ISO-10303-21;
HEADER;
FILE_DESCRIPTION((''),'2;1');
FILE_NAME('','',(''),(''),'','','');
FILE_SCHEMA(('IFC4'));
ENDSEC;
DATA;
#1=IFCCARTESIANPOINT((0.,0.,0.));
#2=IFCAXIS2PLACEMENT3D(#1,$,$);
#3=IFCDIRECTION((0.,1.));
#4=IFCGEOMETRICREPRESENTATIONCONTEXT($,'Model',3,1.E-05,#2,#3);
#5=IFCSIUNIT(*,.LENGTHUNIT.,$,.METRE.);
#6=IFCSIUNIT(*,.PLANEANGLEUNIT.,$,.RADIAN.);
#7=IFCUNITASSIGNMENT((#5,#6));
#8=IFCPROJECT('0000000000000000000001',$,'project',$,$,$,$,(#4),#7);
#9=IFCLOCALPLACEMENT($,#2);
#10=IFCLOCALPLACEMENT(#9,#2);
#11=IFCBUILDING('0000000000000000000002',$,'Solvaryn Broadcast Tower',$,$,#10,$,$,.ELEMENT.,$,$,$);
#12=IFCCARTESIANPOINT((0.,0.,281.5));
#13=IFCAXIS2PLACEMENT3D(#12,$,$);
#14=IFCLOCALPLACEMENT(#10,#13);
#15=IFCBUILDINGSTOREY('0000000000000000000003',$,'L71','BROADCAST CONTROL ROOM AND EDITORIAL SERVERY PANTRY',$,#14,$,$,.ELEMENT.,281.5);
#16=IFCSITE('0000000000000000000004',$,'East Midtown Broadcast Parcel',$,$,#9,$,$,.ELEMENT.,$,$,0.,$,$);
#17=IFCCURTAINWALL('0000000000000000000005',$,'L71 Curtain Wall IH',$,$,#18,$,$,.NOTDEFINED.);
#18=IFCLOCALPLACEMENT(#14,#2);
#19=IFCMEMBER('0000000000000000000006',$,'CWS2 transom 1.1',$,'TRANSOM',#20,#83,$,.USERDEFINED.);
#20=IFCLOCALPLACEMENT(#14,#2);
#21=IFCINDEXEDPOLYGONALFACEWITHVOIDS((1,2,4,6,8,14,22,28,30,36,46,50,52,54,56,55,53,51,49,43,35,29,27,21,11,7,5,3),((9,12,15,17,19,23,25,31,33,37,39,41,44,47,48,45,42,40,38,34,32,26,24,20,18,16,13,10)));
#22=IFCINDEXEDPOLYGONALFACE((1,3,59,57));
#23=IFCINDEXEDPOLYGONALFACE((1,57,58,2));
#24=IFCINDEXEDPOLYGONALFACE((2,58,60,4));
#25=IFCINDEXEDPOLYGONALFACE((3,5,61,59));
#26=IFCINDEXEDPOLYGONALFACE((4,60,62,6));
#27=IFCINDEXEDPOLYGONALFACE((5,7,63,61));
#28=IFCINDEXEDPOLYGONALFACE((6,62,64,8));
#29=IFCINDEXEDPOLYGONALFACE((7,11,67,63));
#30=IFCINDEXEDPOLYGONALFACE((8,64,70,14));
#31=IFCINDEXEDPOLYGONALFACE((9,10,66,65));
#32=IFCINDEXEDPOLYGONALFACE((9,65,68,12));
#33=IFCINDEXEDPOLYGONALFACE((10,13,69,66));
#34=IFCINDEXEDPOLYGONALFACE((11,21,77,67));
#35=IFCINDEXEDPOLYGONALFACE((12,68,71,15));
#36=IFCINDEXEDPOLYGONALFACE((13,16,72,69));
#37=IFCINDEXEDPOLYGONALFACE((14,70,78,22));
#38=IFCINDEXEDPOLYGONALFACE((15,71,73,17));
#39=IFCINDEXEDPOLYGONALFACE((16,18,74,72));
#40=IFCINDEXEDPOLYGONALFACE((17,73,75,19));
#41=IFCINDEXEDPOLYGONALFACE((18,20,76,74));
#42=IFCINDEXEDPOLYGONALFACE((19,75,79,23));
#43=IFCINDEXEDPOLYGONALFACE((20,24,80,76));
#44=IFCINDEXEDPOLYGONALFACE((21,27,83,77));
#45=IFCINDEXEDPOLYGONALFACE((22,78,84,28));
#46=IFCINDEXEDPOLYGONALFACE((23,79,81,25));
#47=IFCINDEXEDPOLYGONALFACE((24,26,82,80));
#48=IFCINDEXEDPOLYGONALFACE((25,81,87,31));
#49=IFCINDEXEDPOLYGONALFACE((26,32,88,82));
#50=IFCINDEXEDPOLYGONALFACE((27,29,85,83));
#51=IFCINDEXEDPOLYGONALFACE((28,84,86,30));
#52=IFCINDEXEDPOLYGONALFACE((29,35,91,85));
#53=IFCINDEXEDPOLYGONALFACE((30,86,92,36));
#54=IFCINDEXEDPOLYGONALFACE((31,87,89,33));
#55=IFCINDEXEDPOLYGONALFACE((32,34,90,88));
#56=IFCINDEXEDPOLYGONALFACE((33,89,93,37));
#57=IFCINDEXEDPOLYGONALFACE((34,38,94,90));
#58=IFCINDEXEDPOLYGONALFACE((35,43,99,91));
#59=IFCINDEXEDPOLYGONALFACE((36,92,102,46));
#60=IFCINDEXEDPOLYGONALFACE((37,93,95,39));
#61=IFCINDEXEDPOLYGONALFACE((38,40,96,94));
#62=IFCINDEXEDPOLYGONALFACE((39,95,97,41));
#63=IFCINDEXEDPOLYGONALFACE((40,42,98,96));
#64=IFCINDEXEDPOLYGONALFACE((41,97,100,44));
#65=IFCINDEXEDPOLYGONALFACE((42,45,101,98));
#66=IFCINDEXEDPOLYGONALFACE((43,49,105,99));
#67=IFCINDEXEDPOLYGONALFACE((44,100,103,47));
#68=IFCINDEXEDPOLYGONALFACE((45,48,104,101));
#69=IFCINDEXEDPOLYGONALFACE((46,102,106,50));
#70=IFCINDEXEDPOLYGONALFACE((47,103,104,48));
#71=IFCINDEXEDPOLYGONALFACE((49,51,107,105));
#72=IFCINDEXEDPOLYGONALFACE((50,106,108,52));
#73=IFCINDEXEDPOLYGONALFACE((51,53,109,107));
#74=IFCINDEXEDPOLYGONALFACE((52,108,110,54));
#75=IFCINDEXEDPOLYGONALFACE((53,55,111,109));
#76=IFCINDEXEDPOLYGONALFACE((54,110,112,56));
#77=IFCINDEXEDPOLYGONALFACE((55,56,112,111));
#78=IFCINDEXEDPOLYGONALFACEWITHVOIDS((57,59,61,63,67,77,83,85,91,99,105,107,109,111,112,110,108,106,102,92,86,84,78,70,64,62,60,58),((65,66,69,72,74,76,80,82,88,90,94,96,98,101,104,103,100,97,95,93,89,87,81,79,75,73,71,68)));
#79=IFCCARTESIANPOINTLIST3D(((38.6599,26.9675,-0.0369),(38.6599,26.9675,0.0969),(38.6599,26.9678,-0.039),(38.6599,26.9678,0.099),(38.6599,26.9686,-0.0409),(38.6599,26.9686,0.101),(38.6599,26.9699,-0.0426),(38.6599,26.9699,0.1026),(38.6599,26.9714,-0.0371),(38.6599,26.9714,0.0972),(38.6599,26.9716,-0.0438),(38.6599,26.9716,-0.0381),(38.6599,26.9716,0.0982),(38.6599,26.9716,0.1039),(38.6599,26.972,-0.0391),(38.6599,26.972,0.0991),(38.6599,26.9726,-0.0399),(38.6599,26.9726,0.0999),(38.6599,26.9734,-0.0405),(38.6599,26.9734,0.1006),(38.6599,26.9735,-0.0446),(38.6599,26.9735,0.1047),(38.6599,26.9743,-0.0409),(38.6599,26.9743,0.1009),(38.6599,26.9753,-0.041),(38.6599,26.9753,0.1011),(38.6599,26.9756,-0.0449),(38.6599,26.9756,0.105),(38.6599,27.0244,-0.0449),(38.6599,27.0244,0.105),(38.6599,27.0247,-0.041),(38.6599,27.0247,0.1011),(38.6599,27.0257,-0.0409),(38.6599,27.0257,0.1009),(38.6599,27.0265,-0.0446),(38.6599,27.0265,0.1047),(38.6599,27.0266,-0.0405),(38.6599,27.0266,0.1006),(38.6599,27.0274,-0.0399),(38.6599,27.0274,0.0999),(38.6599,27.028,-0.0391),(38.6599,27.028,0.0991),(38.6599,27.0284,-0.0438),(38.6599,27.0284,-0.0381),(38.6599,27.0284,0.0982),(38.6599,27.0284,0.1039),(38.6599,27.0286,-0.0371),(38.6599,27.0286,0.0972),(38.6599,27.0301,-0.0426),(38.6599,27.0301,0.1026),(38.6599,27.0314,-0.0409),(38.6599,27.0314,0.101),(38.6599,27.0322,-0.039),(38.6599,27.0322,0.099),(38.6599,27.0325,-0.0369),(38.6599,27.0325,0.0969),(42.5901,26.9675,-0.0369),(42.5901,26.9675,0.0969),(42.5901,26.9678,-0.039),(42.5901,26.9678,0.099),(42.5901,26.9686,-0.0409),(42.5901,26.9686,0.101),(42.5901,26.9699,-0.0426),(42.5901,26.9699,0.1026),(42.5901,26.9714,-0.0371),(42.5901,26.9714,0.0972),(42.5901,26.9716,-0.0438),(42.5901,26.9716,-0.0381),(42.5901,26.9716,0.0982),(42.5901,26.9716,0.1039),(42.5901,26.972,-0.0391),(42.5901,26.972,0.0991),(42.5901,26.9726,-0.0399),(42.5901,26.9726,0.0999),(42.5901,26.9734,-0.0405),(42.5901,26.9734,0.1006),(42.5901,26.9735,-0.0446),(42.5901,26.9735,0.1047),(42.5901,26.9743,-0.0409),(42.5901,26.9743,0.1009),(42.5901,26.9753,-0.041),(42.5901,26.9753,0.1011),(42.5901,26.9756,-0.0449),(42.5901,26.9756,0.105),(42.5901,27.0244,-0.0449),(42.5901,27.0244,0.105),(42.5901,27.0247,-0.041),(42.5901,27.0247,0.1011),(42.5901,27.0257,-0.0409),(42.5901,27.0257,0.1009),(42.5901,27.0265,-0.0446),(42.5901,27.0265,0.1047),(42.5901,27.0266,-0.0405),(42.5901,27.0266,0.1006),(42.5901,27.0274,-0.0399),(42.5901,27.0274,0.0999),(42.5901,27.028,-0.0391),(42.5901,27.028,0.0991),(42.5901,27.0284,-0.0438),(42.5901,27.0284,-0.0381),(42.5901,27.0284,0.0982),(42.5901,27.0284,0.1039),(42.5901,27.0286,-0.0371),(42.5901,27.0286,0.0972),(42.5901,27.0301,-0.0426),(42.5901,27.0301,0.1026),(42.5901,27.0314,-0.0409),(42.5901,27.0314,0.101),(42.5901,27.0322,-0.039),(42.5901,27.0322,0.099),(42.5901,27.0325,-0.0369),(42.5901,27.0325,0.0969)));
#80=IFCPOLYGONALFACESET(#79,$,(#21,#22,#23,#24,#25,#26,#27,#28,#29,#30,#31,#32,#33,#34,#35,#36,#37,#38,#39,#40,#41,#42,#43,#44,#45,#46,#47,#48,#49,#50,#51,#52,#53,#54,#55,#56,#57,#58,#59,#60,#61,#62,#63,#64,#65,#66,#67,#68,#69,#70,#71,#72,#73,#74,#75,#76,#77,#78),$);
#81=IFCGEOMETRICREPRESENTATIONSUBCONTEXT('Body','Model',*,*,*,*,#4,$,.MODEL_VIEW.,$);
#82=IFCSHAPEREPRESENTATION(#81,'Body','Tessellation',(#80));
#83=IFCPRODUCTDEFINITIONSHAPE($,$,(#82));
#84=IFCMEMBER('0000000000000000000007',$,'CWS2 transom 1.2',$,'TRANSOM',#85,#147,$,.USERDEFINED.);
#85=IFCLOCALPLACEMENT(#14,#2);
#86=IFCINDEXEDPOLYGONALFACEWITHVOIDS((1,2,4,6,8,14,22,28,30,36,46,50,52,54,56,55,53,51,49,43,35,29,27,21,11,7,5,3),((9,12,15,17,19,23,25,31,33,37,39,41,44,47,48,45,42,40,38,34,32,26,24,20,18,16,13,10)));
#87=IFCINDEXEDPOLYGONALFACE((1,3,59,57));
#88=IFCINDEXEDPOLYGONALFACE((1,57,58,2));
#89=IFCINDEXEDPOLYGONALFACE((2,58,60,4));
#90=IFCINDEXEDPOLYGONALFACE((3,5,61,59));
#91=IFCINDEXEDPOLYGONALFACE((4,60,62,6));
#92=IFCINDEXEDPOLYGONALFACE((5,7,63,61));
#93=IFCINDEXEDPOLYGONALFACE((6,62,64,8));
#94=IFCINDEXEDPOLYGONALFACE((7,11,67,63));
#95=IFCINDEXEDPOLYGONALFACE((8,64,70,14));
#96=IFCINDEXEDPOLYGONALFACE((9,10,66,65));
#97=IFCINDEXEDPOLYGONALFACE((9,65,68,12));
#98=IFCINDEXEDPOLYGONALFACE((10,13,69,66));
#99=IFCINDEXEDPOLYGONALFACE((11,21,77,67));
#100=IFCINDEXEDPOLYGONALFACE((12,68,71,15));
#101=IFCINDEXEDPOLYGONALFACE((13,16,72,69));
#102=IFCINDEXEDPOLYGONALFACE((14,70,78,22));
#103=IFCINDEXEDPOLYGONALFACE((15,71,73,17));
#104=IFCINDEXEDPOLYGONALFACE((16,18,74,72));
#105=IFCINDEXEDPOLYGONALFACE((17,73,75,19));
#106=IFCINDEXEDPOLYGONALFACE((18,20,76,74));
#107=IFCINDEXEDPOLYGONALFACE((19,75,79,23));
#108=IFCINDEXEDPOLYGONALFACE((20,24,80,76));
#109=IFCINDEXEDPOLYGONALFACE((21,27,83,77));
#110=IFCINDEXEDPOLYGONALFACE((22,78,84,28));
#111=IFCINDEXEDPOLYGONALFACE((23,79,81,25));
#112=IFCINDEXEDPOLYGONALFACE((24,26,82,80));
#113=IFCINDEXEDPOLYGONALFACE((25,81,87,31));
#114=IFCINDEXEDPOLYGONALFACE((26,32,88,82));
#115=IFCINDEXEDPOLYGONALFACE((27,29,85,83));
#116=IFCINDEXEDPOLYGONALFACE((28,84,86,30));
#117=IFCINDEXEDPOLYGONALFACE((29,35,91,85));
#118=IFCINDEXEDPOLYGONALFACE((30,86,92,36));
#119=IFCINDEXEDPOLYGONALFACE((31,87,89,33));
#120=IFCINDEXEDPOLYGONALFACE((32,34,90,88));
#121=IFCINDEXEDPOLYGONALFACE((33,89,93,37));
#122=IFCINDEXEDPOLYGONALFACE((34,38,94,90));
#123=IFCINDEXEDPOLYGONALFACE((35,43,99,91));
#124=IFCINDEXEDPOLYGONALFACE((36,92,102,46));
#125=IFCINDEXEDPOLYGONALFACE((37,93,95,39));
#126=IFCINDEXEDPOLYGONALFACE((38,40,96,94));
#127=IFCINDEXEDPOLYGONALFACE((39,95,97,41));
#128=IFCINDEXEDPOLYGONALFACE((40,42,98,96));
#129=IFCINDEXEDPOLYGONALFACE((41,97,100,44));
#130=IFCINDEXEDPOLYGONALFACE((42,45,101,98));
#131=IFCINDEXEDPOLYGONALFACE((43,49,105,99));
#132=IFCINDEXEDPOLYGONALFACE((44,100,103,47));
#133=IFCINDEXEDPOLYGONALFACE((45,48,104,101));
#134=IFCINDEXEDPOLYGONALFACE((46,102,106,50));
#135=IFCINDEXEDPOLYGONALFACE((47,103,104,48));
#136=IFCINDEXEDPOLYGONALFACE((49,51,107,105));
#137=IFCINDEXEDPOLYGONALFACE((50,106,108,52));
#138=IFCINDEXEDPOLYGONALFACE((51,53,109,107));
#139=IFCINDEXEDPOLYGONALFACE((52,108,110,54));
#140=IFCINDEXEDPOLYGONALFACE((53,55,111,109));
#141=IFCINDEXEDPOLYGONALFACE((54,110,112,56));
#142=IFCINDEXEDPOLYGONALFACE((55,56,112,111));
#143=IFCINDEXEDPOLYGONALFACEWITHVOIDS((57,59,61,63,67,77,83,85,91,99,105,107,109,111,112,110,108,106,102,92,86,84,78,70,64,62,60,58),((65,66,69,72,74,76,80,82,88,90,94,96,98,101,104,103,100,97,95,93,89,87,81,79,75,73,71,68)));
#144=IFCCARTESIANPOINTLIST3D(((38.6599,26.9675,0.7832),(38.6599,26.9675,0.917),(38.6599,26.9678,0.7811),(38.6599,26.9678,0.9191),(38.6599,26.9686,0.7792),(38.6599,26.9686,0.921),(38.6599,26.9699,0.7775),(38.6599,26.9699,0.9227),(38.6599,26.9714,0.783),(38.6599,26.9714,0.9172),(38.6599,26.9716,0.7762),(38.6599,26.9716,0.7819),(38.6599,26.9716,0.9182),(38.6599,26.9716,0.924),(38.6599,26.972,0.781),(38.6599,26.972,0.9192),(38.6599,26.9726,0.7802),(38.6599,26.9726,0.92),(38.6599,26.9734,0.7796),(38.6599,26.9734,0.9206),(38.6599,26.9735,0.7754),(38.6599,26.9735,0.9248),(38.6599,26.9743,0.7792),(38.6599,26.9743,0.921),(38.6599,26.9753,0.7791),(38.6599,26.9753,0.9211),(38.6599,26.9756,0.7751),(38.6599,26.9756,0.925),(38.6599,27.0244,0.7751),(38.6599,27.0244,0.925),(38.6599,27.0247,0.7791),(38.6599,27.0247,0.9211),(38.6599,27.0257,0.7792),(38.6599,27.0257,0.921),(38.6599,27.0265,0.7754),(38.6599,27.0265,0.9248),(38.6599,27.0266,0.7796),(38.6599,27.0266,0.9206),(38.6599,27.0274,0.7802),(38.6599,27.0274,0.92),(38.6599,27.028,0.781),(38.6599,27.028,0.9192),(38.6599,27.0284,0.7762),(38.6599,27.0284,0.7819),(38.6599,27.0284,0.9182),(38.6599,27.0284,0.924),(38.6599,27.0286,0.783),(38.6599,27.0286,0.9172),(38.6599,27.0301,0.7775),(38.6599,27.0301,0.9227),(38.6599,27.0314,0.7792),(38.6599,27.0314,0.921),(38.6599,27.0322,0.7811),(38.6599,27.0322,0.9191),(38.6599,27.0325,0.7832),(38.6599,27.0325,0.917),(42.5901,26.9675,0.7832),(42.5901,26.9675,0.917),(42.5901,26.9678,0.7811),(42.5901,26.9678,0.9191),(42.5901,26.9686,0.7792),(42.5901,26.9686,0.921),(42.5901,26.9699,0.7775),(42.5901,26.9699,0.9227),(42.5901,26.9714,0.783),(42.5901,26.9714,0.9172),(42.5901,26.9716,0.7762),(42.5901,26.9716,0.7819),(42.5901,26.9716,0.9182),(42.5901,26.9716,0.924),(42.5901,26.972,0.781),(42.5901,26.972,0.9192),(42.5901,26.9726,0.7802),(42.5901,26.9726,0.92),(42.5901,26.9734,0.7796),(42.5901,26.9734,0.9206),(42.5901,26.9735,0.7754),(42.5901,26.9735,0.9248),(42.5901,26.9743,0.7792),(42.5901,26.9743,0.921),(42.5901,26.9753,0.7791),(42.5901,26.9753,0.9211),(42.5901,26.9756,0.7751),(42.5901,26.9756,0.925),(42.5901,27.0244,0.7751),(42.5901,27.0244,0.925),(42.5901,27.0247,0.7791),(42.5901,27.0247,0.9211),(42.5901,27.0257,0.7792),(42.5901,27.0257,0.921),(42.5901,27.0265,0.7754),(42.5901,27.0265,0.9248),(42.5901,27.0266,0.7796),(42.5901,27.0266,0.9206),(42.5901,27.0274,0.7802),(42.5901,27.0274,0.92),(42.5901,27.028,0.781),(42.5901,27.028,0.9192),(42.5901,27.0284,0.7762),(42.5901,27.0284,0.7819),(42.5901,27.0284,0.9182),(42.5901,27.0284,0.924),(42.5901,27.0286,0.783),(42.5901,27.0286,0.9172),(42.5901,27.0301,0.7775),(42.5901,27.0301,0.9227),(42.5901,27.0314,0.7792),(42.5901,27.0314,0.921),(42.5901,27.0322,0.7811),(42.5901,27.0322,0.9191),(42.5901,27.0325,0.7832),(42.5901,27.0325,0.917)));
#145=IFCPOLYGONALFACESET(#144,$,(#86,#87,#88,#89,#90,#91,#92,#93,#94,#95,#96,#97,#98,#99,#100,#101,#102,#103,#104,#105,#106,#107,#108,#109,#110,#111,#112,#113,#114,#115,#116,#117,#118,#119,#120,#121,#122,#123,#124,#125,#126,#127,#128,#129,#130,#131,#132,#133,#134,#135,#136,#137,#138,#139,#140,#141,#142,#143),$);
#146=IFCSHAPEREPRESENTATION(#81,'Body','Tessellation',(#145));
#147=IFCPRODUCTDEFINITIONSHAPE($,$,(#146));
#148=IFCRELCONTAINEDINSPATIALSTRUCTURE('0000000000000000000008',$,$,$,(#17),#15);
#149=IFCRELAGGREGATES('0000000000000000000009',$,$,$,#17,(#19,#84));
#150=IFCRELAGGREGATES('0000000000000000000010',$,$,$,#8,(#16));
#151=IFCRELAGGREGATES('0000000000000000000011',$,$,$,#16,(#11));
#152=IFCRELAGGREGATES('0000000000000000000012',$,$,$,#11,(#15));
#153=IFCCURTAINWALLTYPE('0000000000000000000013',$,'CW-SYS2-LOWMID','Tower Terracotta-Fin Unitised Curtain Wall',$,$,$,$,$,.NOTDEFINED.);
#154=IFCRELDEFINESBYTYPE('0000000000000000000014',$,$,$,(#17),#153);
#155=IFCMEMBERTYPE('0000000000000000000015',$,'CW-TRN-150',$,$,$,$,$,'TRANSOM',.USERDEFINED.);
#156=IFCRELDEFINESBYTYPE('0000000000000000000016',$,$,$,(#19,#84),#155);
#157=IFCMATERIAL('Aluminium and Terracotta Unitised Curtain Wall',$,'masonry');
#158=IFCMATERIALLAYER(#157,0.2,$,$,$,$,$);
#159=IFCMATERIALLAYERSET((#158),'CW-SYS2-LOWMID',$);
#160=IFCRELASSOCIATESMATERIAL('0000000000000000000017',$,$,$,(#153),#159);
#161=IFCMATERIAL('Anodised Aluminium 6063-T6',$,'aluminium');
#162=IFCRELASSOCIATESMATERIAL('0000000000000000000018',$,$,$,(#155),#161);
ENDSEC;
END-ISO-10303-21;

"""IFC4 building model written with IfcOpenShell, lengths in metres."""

from ifc_helpers import new_model, si_unit, direction, frame, origin, origin_2d, place, context, subcontext, project, spatial, hollow_rectangle, extrude, material, layer, layer_set, material_profile, profile_set, type_object, element, aggregate, save


model = new_model("IFC4")

# Units and contexts
model_context = context("Model", 3, precision=1e-05, world=origin(), true_north=direction((0.0, 1.0)))
body_context = subcontext(model_context, "Body", "Model", "MODEL_VIEW")
ifc_project = project(units=[si_unit("LENGTHUNIT", "METRE"), si_unit("PLANEANGLEUNIT", "RADIAN")], contexts=[model_context])

# Site, building, storey
site_placement = place(None, origin())
site = spatial("IfcSite", under=ifc_project, at=site_placement, Name="East Midtown Broadcast Parcel", CompositionType="ELEMENT", RefElevation=0.0)
building_placement = place(site_placement, origin())
building = spatial("IfcBuilding", under=site, at=building_placement, Name="Solvaryn Broadcast Tower", CompositionType="ELEMENT")
storey_placement = place(building_placement, frame((0.0, 0.0, 281.5)))
storey = spatial("IfcBuildingStorey", under=building, at=storey_placement, Name="L71", Description="BROADCAST CONTROL ROOM AND EDITORIAL SERVERY PANTRY", CompositionType="ELEMENT", Elevation=281.5)

# Shared definitions
ifc_material_1 = material(Name="Aluminium and Terracotta Unitised Curtain Wall", Category="masonry")
ifc_layer_1 = layer(ifc_material_1, 0.2)
ifc_layer_set_1 = layer_set([ifc_layer_1], Name="CW-SYS2-LOWMID")
curtain_wall_type = type_object("IfcCurtainWallType", Name="CW-SYS2-LOWMID", Description="Tower Terracotta-Fin Unitised Curtain Wall", PredefinedType="NOTDEFINED", material=ifc_layer_set_1)

# Curtain wall
curtain_wall_1_placement = place(storey_placement, origin())
curtain_wall_1 = element("IfcCurtainWall", 1, at=curtain_wall_1_placement, inside=storey, type_object=curtain_wall_type, Name="L71 Curtain Wall IH", PredefinedType="NOTDEFINED")

# Members
ifc_material_2 = material(Name="Anodised Aluminium 6063-T6", Category="aluminium")
ifc_material_profile_1 = material_profile(ifc_material_2, hollow_rectangle(XDim=0.0649, YDim=0.1499, WallThickness=0.0039, InnerFilletRadius=0.0039, OuterFilletRadius=0.0081, at=origin_2d()))
ifc_profile_set_1 = profile_set([ifc_material_profile_1], Name="Anodised Aluminium 6063-T6")
member_type_1 = type_object("IfcMemberType", Name="CW-TRN-150", ElementType="TRANSOM", PredefinedType="USERDEFINED", material=ifc_profile_set_1)
member_1_placement = place(storey_placement, frame((38.6599, 27.0, 0.03), z_axis=(1.0, 0.0, 0.0), x_axis=(0.0, 1.0, 0.0)))
member_1 = element("IfcMember", 2, at=member_1_placement, type_object=member_type_1, Name="CWS2 transom 1.1", ObjectType="TRANSOM", PredefinedType="USERDEFINED", context=body_context, shape_type="SweptSolid", body=[
    extrude(hollow_rectangle(XDim=0.0649, YDim=0.1499, WallThickness=0.0039, InnerFilletRadius=0.0039, OuterFilletRadius=0.0081, at=origin_2d()), origin(), (0.0, 0.0, 1.0), 3.9302),
])
member_2_placement = place(storey_placement, frame((38.6599, 27.0, 0.8501), z_axis=(1.0, 0.0, 0.0), x_axis=(0.0, 1.0, 0.0)))
member_2 = element("IfcMember", 3, at=member_2_placement, type_object=member_type_1, Name="CWS2 transom 1.2", ObjectType="TRANSOM", PredefinedType="USERDEFINED", context=body_context, shape_type="SweptSolid", body=[
    extrude(hollow_rectangle(XDim=0.0649, YDim=0.1499, WallThickness=0.0039, InnerFilletRadius=0.0039, OuterFilletRadius=0.0081, at=origin_2d()), origin(), (0.0, 0.0, 1.0), 3.9302),
])

aggregate(curtain_wall_1, [member_1, member_2])

save(model, "model.ifc")
